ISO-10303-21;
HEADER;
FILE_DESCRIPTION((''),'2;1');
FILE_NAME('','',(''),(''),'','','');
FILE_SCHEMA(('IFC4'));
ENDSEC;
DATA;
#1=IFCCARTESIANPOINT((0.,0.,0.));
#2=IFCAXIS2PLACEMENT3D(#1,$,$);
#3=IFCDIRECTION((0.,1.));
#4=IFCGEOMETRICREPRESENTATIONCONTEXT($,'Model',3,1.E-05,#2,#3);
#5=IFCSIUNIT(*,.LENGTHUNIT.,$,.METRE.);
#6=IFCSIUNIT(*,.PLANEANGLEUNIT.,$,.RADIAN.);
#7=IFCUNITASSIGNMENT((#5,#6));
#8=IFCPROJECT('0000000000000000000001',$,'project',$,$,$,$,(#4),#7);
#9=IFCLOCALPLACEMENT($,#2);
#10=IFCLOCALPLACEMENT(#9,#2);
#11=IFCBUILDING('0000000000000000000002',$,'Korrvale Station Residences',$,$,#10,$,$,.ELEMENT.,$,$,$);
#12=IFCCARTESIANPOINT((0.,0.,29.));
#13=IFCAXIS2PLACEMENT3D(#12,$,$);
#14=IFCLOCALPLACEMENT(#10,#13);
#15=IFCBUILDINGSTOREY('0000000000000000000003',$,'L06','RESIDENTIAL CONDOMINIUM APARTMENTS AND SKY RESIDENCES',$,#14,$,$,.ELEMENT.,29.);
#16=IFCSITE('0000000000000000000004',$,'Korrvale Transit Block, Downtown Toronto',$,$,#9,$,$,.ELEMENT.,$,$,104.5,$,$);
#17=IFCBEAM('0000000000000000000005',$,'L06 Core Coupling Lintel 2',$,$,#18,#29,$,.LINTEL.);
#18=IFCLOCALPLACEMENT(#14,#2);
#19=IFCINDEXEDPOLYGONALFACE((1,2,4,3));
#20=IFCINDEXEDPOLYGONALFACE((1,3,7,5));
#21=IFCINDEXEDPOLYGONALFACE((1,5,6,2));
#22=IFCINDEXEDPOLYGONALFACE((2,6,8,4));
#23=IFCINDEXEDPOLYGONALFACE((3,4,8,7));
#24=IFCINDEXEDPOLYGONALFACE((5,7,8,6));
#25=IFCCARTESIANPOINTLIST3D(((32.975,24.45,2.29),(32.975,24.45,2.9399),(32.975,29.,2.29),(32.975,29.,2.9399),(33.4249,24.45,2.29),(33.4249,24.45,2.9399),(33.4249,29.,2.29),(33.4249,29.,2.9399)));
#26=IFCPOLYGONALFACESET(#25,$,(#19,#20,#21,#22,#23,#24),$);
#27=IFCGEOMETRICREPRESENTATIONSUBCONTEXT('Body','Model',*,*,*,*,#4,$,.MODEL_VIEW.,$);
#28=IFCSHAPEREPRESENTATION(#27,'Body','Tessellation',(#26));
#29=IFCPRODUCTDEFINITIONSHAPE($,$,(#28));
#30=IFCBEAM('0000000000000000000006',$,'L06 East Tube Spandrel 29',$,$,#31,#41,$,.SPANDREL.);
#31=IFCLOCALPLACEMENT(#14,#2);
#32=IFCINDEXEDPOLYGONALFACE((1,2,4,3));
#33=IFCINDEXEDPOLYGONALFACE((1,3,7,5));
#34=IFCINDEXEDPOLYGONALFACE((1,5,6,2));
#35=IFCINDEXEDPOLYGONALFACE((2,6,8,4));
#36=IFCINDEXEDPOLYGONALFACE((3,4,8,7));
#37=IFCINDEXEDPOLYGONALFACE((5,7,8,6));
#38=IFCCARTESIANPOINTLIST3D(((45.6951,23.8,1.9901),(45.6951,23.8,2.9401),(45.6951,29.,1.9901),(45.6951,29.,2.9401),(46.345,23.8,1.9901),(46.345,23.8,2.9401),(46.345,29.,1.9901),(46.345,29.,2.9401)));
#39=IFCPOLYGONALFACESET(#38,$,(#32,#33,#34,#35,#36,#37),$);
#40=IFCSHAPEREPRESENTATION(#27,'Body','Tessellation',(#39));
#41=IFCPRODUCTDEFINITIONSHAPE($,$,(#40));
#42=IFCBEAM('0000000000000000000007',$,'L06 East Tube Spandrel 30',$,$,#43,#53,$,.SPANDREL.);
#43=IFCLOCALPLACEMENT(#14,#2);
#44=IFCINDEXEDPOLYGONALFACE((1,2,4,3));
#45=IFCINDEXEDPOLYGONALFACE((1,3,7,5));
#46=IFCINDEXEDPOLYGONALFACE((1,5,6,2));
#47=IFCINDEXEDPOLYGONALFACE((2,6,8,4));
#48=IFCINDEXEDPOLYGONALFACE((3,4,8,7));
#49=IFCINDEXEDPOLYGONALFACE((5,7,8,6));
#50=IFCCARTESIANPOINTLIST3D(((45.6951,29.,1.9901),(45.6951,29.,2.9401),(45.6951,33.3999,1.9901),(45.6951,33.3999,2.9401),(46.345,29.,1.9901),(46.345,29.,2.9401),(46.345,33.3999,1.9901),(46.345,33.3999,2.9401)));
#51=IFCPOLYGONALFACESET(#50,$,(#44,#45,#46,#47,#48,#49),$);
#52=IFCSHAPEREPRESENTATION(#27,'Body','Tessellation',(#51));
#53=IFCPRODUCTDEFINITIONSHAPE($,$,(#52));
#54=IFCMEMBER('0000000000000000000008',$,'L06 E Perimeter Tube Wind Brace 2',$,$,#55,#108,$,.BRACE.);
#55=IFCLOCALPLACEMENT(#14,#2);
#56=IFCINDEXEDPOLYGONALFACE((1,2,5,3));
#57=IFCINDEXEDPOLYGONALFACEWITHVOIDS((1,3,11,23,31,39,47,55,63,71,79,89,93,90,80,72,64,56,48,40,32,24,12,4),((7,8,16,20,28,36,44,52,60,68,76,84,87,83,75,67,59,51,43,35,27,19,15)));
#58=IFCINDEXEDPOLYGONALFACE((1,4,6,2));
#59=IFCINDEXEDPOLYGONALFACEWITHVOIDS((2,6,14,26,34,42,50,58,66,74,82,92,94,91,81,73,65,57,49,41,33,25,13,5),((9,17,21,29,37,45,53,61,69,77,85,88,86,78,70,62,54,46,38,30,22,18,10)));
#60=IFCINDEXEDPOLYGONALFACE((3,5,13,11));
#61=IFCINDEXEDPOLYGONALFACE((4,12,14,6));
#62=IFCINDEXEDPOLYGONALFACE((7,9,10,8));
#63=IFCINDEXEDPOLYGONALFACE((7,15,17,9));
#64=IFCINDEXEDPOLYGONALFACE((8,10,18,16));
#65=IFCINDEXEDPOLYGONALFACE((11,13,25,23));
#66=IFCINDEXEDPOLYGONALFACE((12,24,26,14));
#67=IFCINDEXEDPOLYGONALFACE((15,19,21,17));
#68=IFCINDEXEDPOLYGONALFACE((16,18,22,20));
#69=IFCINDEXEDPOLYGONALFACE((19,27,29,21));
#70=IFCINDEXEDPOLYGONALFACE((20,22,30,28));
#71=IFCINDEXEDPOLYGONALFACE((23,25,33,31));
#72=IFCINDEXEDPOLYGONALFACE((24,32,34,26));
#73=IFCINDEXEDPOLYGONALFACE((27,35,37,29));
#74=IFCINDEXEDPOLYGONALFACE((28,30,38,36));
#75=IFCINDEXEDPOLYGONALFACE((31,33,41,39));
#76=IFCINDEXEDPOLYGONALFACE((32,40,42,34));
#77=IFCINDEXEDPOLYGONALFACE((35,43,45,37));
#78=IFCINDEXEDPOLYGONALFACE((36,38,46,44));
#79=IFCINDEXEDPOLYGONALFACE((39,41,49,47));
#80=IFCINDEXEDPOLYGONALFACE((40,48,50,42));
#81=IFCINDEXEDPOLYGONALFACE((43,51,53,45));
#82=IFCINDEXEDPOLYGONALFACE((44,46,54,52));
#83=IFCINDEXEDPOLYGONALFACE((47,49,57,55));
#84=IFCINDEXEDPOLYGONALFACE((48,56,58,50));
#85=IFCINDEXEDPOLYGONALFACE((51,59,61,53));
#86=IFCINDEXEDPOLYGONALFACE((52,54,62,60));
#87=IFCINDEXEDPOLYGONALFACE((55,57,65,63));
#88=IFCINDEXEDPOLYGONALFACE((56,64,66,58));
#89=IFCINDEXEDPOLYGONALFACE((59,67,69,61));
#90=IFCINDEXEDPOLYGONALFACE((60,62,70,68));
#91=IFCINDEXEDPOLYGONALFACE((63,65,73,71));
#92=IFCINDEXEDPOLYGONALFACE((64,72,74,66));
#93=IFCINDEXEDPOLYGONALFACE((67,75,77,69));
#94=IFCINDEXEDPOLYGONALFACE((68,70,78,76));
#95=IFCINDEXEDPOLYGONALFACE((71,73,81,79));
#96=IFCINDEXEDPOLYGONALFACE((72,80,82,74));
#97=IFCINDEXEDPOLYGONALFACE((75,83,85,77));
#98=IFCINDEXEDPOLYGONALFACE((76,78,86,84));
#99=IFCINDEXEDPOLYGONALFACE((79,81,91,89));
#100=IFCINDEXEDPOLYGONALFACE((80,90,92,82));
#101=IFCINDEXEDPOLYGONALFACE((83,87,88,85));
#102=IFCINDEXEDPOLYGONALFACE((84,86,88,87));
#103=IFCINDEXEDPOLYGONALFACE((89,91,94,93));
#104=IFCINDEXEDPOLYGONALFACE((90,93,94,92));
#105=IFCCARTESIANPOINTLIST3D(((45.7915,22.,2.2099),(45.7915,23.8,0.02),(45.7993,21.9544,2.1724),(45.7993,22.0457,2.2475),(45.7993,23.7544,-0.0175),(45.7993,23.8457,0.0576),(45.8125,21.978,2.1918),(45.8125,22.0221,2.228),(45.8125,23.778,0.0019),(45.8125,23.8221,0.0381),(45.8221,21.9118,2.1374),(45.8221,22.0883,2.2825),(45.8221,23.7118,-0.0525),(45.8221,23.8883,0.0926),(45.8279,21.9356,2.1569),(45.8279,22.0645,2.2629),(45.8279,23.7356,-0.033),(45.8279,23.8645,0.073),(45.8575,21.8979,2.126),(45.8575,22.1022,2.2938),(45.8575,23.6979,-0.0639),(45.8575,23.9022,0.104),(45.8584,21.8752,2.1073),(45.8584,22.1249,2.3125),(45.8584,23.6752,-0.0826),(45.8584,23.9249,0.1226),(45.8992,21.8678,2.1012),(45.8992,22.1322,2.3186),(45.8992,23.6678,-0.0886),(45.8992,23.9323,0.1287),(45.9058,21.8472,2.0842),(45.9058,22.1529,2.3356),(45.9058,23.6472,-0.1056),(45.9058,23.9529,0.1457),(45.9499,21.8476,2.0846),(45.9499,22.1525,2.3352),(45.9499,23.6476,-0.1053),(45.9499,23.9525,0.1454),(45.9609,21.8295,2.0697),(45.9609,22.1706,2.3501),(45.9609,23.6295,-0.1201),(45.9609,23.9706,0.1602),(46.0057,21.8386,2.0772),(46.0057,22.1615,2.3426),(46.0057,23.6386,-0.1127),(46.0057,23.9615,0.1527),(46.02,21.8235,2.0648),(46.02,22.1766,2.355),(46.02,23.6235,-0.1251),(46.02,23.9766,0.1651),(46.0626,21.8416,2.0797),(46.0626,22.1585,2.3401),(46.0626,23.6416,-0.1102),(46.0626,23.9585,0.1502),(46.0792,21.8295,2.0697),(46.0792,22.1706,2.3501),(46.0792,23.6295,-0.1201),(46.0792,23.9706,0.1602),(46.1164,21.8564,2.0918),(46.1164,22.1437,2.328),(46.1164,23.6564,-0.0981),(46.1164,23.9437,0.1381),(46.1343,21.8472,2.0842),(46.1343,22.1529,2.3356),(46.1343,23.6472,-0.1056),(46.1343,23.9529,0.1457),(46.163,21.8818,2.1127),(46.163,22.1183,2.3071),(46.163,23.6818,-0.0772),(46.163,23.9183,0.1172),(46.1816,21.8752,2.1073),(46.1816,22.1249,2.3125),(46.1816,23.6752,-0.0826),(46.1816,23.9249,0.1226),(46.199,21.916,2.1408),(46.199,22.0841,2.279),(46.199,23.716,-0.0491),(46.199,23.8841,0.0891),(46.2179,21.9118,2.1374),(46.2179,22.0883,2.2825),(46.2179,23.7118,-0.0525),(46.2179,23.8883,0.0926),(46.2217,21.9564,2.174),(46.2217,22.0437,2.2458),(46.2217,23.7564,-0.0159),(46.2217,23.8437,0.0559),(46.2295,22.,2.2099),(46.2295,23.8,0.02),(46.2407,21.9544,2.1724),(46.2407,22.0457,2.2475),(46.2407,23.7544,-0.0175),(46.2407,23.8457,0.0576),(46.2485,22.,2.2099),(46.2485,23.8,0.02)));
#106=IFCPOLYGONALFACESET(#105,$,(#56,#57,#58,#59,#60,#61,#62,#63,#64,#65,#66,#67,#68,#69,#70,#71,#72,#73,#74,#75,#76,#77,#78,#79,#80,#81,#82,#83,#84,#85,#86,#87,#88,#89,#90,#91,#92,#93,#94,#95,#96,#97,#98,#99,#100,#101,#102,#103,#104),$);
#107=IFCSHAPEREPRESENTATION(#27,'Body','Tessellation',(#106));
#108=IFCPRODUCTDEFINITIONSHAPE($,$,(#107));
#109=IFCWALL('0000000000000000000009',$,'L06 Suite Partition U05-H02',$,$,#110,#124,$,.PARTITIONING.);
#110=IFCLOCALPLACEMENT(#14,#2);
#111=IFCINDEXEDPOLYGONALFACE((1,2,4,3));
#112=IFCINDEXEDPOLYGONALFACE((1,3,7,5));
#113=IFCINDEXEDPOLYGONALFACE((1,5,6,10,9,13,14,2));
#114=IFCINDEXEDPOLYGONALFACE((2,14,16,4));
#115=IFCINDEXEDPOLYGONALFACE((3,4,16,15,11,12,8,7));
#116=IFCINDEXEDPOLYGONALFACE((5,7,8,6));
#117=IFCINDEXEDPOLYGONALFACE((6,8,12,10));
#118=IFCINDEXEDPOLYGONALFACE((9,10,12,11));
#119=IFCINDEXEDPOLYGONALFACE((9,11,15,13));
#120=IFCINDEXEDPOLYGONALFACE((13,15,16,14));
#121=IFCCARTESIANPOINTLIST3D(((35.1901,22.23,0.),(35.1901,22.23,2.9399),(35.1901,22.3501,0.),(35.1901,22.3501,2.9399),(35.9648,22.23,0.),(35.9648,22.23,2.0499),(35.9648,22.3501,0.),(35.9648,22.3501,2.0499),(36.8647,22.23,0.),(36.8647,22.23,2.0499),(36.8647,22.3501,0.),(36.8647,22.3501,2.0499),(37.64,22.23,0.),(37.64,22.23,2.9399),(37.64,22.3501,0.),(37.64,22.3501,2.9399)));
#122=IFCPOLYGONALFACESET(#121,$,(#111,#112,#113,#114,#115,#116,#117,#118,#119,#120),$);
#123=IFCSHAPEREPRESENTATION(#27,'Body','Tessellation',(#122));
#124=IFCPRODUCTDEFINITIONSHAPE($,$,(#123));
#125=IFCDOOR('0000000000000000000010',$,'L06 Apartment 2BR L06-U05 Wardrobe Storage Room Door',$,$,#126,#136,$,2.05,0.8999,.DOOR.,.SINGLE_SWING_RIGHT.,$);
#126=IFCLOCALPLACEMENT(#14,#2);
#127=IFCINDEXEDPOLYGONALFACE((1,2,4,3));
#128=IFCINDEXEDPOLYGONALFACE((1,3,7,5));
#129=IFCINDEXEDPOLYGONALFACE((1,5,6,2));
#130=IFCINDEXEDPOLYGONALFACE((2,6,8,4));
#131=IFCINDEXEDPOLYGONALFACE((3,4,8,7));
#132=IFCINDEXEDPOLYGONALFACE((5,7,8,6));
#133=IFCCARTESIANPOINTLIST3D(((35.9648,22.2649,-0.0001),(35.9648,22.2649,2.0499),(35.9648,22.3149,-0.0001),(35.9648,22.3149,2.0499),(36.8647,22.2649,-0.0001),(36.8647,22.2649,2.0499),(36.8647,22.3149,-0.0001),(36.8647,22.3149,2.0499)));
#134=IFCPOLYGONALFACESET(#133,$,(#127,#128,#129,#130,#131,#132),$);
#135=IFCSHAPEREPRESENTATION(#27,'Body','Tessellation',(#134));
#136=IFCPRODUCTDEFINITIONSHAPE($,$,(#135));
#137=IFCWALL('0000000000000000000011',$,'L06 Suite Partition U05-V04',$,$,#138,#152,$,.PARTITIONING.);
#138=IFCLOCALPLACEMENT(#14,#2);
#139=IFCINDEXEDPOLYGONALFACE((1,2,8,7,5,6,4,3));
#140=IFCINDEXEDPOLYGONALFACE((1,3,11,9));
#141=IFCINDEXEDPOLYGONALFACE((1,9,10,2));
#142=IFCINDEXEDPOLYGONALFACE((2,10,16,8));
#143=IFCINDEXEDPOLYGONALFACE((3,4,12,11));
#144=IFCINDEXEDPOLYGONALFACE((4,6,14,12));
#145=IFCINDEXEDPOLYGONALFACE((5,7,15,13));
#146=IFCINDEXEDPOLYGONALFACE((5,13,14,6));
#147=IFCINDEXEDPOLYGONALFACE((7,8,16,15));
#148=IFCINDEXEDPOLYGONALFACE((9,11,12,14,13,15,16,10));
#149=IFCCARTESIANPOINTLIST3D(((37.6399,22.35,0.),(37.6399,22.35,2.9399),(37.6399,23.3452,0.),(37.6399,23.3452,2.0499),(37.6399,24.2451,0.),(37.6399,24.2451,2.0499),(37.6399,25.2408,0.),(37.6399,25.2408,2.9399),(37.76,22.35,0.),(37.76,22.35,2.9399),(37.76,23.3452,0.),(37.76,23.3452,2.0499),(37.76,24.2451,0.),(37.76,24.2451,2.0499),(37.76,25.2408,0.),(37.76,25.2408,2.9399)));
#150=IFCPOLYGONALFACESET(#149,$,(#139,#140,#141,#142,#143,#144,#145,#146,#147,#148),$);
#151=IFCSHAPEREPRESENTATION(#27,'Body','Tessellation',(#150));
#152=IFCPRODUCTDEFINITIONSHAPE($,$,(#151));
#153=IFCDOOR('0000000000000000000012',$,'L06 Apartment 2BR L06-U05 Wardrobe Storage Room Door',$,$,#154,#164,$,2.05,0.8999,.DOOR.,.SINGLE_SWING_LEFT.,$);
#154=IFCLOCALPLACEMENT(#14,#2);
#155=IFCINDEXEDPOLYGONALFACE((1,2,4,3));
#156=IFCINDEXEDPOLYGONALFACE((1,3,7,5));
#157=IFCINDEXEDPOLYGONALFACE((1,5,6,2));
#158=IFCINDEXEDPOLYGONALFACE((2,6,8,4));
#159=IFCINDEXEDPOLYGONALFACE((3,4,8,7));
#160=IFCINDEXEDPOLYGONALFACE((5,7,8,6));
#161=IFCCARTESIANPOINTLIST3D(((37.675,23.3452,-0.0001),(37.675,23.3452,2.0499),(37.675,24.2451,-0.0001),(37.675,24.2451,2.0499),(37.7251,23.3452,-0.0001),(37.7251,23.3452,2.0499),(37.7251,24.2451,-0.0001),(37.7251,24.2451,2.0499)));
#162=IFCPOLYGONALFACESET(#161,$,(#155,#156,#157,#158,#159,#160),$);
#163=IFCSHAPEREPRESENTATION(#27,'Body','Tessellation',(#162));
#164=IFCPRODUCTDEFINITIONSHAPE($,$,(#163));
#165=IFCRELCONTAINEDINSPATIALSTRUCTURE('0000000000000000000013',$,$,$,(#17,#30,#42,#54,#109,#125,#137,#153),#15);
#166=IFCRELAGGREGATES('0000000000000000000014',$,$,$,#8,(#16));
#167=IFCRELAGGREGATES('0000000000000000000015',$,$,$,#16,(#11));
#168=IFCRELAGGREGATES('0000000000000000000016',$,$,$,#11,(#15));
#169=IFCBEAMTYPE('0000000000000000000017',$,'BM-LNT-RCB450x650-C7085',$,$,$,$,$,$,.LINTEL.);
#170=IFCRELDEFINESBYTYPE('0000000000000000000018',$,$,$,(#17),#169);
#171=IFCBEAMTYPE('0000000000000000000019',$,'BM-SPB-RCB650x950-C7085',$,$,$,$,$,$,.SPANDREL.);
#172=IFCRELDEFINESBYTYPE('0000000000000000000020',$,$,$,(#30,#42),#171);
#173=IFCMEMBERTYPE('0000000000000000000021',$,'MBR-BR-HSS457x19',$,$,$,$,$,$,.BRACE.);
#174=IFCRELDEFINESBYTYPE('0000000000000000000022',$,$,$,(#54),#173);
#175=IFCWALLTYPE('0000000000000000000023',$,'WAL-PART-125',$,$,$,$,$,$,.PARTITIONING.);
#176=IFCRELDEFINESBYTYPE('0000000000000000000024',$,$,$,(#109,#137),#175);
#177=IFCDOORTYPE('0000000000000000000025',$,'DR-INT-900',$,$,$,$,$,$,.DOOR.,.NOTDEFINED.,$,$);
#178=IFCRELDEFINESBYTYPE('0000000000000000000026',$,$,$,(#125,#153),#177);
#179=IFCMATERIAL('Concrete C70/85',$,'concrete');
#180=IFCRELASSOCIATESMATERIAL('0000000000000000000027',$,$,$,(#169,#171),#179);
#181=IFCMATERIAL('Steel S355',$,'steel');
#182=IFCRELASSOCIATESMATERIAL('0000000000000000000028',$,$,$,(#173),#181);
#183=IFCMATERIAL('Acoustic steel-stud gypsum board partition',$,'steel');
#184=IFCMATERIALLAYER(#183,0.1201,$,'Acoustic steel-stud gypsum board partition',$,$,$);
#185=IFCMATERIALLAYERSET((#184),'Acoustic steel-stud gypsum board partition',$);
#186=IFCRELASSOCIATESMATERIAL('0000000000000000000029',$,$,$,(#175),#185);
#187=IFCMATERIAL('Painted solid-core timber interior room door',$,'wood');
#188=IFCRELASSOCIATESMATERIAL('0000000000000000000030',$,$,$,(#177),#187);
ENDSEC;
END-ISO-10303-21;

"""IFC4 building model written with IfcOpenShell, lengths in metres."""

from ifc_helpers import new_model, si_unit, direction, frame, frame_2d, origin, origin_2d, place, context, subcontext, project, spatial, rectangle, hollow_circle, extrude, material, layer, layer_set, material_profile, profile_set, type_object, element, fill, save


model = new_model("IFC4")

# Units and contexts
model_context = context("Model", 3, precision=1e-05, world=origin(), true_north=direction((0.0, 1.0)))
body_context = subcontext(model_context, "Body", "Model", "MODEL_VIEW")
ifc_project = project(units=[si_unit("LENGTHUNIT", "METRE"), si_unit("PLANEANGLEUNIT", "RADIAN")], contexts=[model_context])

# Site, building, storey
site_placement = place(None, origin())
site = spatial("IfcSite", under=ifc_project, at=site_placement, Name="Korrvale Transit Block, Downtown Toronto", CompositionType="ELEMENT", RefElevation=104.5)
building_placement = place(site_placement, origin())
building = spatial("IfcBuilding", under=site, at=building_placement, Name="Korrvale Station Residences", CompositionType="ELEMENT")
storey_placement = place(building_placement, frame((0.0, 0.0, 29.0)))
storey = spatial("IfcBuildingStorey", under=building, at=storey_placement, Name="L06", Description="RESIDENTIAL CONDOMINIUM APARTMENTS AND SKY RESIDENCES", CompositionType="ELEMENT", Elevation=29.0)

# Shared definitions
ifc_material_1 = material(Name="Concrete C70/85", Category="concrete")

# Beams
ifc_material_2 = material(Name="Steel S355", Category="steel")
ifc_material_profile_1 = material_profile(ifc_material_1, rectangle(XDim=0.45, YDim=0.6499, at=origin_2d()), Name="RCB450x650")
ifc_profile_set_1 = profile_set([ifc_material_profile_1], Name="Concrete C70/85")
beam_type_1 = type_object("IfcBeamType", Name="BM-LNT-RCB450x650-C7085", PredefinedType="LINTEL", material=ifc_profile_set_1)
beam_1_placement = place(storey_placement, frame((33.2, 24.45, 2.615), z_axis=(0.0, 1.0, 0.0), x_axis=(-1.0, 0.0, 0.0)))
element("IfcBeam", 1, at=beam_1_placement, inside=storey, type_object=beam_type_1, Name="L06 Core Coupling Lintel 2", PredefinedType="LINTEL", context=body_context, shape_type="SweptSolid", body=[
    extrude(rectangle(XDim=0.45, YDim=0.6499, at=origin_2d()), origin(), (0.0, 0.0, 1.0), 4.55),
])
ifc_material_profile_2 = material_profile(ifc_material_1, rectangle(XDim=0.6499, YDim=0.95, at=origin_2d()), Name="RCB650x950")
ifc_profile_set_2 = profile_set([ifc_material_profile_2], Name="Concrete C70/85")
beam_type_2 = type_object("IfcBeamType", Name="BM-SPB-RCB650x950-C7085", PredefinedType="SPANDREL", material=ifc_profile_set_2)
beam_2_placement = place(storey_placement, frame((46.02, 23.8, 2.4651), z_axis=(0.0, 1.0, 0.0), x_axis=(-1.0, 0.0, 0.0)))
element("IfcBeam", 2, at=beam_2_placement, inside=storey, type_object=beam_type_2, Name="L06 East Tube Spandrel 29", PredefinedType="SPANDREL", context=body_context, shape_type="SweptSolid", body=[
    extrude(rectangle(XDim=0.6499, YDim=0.95, at=origin_2d()), origin(), (0.0, 0.0, 1.0), 5.2),
])
beam_3_placement = place(storey_placement, frame((46.02, 29.0, 2.4651), z_axis=(0.0, 1.0, 0.0), x_axis=(-1.0, 0.0, 0.0)))
element("IfcBeam", 3, at=beam_3_placement, inside=storey, type_object=beam_type_2, Name="L06 East Tube Spandrel 30", PredefinedType="SPANDREL", context=body_context, shape_type="SweptSolid", body=[
    extrude(rectangle(XDim=0.6499, YDim=0.95, at=origin_2d()), origin(), (0.0, 0.0, 1.0), 4.3999),
])

# Member
ifc_material_profile_3 = material_profile(ifc_material_2, hollow_circle(Radius=0.2285, WallThickness=0.019, at=origin_2d()), Name="HSS457x19")
ifc_profile_set_3 = profile_set([ifc_material_profile_3], Name="Steel S355")
member_type = type_object("IfcMemberType", Name="MBR-BR-HSS457x19", PredefinedType="BRACE", material=ifc_profile_set_3)
member_placement = place(storey_placement, frame((46.02, 23.8, 0.02), z_axis=(0.0, -0.634985, 0.772524), x_axis=(1.0, 0.0, 0.0)))
element("IfcMember", 4, at=member_placement, inside=storey, type_object=member_type, Name="L06 E Perimeter Tube Wind Brace 2", PredefinedType="BRACE", context=body_context, shape_type="SweptSolid", body=[
    extrude(hollow_circle(Radius=0.2285, WallThickness=0.019, at=origin_2d()), origin(), (0.0, 0.0, 1.0), 2.8347),
])

# Walls, openings, doors
ifc_material_3 = material(Name="Acoustic steel-stud gypsum board partition", Category="steel")
ifc_layer_1 = layer(ifc_material_3, 0.1201, Name="Acoustic steel-stud gypsum board partition")
ifc_layer_set_1 = layer_set([ifc_layer_1], Name="Acoustic steel-stud gypsum board partition")
wall_type_1 = type_object("IfcWallType", Name="WAL-PART-125", PredefinedType="PARTITIONING", material=ifc_layer_set_1)
wall_1_placement = place(storey_placement, frame((35.1899, 22.29, 0.0), z_axis=(0.0, 0.0, 1.0), x_axis=(1.0, 0.0, 0.0)))
wall_1 = element("IfcWall", 5, at=wall_1_placement, inside=storey, type_object=wall_type_1, Name="L06 Suite Partition U05-H02", PredefinedType="PARTITIONING", context=body_context, shape_type="SweptSolid", body=[
    extrude(rectangle(XDim=2.45, YDim=0.1201, at=frame_2d((1.2251, 0.0))), origin(), (0.0, 0.0, 1.0), 2.9399),
])
opening_1_placement = place(wall_1_placement, frame((0.7749, 0.0, 0.0)))
opening_1 = element("IfcOpeningElement", 6, at=opening_1_placement, cuts=wall_1, PredefinedType="OPENING", context=body_context, shape_type="SweptSolid", body=[
    extrude(rectangle(XDim=0.8999, YDim=2.05, at=frame_2d((0.45, 1.0249))), frame((0.0, 0.0701, 0.0), z_axis=(0.0, -1.0, 0.0), x_axis=(1.0, 0.0, 0.0)), (0.0, 0.0, 1.0), 0.1401),
])
ifc_material_4 = material(Name="Painted solid-core timber interior room door", Category="wood")
door_type = type_object("IfcDoorType", Name="DR-INT-900", OperationType="NOTDEFINED", PredefinedType="DOOR", material=ifc_material_4)
door_1_placement = place(opening_1_placement, origin())
door_1 = element("IfcDoor", 7, at=door_1_placement, inside=storey, type_object=door_type, Name="L06 Apartment 2BR L06-U05 Wardrobe Storage Room Door", OperationType="SINGLE_SWING_RIGHT", OverallHeight=2.05, OverallWidth=0.8999, PredefinedType="DOOR", context=body_context, shape_type="SweptSolid", body=[
    extrude(rectangle(XDim=0.8999, YDim=2.05, at=frame_2d((0.45, 1.0249))), frame((0.0, 0.0249, 0.0), z_axis=(0.0, -1.0, 0.0), x_axis=(1.0, 0.0, 0.0)), (0.0, 0.0, 1.0), 0.05),
])
fill(opening_1, door_1)
wall_2_placement = place(storey_placement, frame((37.7, 22.3501, 0.0), z_axis=(0.0, 0.0, 1.0), x_axis=(0.0, 1.0, 0.0)))
wall_2 = element("IfcWall", 8, at=wall_2_placement, inside=storey, type_object=wall_type_1, Name="L06 Suite Partition U05-V04", PredefinedType="PARTITIONING", context=body_context, shape_type="SweptSolid", body=[
    extrude(rectangle(XDim=2.8909, YDim=0.1201, at=frame_2d((1.4453, 0.0))), origin(), (0.0, 0.0, 1.0), 2.9399),
])
opening_2_placement = place(wall_2_placement, frame((0.9951, 0.0, 0.0)))
opening_2 = element("IfcOpeningElement", 9, at=opening_2_placement, cuts=wall_2, PredefinedType="OPENING", context=body_context, shape_type="SweptSolid", body=[
    extrude(rectangle(XDim=0.8999, YDim=2.05, at=frame_2d((0.45, 1.0249))), frame((0.0, 0.0701, 0.0), z_axis=(0.0, -1.0, 0.0), x_axis=(1.0, 0.0, 0.0)), (0.0, 0.0, 1.0), 0.1401),
])
door_2_placement = place(opening_2_placement, origin())
door_2 = element("IfcDoor", 10, at=door_2_placement, inside=storey, type_object=door_type, Name="L06 Apartment 2BR L06-U05 Wardrobe Storage Room Door", OperationType="SINGLE_SWING_LEFT", OverallHeight=2.05, OverallWidth=0.8999, PredefinedType="DOOR", context=body_context, shape_type="SweptSolid", body=[
    extrude(rectangle(XDim=0.8999, YDim=2.05, at=frame_2d((0.45, 1.0249))), frame((0.0, 0.0249, 0.0), z_axis=(0.0, -1.0, 0.0), x_axis=(1.0, 0.0, 0.0)), (0.0, 0.0, 1.0), 0.05),
])
fill(opening_2, door_2)

save(model, "model.ifc")
